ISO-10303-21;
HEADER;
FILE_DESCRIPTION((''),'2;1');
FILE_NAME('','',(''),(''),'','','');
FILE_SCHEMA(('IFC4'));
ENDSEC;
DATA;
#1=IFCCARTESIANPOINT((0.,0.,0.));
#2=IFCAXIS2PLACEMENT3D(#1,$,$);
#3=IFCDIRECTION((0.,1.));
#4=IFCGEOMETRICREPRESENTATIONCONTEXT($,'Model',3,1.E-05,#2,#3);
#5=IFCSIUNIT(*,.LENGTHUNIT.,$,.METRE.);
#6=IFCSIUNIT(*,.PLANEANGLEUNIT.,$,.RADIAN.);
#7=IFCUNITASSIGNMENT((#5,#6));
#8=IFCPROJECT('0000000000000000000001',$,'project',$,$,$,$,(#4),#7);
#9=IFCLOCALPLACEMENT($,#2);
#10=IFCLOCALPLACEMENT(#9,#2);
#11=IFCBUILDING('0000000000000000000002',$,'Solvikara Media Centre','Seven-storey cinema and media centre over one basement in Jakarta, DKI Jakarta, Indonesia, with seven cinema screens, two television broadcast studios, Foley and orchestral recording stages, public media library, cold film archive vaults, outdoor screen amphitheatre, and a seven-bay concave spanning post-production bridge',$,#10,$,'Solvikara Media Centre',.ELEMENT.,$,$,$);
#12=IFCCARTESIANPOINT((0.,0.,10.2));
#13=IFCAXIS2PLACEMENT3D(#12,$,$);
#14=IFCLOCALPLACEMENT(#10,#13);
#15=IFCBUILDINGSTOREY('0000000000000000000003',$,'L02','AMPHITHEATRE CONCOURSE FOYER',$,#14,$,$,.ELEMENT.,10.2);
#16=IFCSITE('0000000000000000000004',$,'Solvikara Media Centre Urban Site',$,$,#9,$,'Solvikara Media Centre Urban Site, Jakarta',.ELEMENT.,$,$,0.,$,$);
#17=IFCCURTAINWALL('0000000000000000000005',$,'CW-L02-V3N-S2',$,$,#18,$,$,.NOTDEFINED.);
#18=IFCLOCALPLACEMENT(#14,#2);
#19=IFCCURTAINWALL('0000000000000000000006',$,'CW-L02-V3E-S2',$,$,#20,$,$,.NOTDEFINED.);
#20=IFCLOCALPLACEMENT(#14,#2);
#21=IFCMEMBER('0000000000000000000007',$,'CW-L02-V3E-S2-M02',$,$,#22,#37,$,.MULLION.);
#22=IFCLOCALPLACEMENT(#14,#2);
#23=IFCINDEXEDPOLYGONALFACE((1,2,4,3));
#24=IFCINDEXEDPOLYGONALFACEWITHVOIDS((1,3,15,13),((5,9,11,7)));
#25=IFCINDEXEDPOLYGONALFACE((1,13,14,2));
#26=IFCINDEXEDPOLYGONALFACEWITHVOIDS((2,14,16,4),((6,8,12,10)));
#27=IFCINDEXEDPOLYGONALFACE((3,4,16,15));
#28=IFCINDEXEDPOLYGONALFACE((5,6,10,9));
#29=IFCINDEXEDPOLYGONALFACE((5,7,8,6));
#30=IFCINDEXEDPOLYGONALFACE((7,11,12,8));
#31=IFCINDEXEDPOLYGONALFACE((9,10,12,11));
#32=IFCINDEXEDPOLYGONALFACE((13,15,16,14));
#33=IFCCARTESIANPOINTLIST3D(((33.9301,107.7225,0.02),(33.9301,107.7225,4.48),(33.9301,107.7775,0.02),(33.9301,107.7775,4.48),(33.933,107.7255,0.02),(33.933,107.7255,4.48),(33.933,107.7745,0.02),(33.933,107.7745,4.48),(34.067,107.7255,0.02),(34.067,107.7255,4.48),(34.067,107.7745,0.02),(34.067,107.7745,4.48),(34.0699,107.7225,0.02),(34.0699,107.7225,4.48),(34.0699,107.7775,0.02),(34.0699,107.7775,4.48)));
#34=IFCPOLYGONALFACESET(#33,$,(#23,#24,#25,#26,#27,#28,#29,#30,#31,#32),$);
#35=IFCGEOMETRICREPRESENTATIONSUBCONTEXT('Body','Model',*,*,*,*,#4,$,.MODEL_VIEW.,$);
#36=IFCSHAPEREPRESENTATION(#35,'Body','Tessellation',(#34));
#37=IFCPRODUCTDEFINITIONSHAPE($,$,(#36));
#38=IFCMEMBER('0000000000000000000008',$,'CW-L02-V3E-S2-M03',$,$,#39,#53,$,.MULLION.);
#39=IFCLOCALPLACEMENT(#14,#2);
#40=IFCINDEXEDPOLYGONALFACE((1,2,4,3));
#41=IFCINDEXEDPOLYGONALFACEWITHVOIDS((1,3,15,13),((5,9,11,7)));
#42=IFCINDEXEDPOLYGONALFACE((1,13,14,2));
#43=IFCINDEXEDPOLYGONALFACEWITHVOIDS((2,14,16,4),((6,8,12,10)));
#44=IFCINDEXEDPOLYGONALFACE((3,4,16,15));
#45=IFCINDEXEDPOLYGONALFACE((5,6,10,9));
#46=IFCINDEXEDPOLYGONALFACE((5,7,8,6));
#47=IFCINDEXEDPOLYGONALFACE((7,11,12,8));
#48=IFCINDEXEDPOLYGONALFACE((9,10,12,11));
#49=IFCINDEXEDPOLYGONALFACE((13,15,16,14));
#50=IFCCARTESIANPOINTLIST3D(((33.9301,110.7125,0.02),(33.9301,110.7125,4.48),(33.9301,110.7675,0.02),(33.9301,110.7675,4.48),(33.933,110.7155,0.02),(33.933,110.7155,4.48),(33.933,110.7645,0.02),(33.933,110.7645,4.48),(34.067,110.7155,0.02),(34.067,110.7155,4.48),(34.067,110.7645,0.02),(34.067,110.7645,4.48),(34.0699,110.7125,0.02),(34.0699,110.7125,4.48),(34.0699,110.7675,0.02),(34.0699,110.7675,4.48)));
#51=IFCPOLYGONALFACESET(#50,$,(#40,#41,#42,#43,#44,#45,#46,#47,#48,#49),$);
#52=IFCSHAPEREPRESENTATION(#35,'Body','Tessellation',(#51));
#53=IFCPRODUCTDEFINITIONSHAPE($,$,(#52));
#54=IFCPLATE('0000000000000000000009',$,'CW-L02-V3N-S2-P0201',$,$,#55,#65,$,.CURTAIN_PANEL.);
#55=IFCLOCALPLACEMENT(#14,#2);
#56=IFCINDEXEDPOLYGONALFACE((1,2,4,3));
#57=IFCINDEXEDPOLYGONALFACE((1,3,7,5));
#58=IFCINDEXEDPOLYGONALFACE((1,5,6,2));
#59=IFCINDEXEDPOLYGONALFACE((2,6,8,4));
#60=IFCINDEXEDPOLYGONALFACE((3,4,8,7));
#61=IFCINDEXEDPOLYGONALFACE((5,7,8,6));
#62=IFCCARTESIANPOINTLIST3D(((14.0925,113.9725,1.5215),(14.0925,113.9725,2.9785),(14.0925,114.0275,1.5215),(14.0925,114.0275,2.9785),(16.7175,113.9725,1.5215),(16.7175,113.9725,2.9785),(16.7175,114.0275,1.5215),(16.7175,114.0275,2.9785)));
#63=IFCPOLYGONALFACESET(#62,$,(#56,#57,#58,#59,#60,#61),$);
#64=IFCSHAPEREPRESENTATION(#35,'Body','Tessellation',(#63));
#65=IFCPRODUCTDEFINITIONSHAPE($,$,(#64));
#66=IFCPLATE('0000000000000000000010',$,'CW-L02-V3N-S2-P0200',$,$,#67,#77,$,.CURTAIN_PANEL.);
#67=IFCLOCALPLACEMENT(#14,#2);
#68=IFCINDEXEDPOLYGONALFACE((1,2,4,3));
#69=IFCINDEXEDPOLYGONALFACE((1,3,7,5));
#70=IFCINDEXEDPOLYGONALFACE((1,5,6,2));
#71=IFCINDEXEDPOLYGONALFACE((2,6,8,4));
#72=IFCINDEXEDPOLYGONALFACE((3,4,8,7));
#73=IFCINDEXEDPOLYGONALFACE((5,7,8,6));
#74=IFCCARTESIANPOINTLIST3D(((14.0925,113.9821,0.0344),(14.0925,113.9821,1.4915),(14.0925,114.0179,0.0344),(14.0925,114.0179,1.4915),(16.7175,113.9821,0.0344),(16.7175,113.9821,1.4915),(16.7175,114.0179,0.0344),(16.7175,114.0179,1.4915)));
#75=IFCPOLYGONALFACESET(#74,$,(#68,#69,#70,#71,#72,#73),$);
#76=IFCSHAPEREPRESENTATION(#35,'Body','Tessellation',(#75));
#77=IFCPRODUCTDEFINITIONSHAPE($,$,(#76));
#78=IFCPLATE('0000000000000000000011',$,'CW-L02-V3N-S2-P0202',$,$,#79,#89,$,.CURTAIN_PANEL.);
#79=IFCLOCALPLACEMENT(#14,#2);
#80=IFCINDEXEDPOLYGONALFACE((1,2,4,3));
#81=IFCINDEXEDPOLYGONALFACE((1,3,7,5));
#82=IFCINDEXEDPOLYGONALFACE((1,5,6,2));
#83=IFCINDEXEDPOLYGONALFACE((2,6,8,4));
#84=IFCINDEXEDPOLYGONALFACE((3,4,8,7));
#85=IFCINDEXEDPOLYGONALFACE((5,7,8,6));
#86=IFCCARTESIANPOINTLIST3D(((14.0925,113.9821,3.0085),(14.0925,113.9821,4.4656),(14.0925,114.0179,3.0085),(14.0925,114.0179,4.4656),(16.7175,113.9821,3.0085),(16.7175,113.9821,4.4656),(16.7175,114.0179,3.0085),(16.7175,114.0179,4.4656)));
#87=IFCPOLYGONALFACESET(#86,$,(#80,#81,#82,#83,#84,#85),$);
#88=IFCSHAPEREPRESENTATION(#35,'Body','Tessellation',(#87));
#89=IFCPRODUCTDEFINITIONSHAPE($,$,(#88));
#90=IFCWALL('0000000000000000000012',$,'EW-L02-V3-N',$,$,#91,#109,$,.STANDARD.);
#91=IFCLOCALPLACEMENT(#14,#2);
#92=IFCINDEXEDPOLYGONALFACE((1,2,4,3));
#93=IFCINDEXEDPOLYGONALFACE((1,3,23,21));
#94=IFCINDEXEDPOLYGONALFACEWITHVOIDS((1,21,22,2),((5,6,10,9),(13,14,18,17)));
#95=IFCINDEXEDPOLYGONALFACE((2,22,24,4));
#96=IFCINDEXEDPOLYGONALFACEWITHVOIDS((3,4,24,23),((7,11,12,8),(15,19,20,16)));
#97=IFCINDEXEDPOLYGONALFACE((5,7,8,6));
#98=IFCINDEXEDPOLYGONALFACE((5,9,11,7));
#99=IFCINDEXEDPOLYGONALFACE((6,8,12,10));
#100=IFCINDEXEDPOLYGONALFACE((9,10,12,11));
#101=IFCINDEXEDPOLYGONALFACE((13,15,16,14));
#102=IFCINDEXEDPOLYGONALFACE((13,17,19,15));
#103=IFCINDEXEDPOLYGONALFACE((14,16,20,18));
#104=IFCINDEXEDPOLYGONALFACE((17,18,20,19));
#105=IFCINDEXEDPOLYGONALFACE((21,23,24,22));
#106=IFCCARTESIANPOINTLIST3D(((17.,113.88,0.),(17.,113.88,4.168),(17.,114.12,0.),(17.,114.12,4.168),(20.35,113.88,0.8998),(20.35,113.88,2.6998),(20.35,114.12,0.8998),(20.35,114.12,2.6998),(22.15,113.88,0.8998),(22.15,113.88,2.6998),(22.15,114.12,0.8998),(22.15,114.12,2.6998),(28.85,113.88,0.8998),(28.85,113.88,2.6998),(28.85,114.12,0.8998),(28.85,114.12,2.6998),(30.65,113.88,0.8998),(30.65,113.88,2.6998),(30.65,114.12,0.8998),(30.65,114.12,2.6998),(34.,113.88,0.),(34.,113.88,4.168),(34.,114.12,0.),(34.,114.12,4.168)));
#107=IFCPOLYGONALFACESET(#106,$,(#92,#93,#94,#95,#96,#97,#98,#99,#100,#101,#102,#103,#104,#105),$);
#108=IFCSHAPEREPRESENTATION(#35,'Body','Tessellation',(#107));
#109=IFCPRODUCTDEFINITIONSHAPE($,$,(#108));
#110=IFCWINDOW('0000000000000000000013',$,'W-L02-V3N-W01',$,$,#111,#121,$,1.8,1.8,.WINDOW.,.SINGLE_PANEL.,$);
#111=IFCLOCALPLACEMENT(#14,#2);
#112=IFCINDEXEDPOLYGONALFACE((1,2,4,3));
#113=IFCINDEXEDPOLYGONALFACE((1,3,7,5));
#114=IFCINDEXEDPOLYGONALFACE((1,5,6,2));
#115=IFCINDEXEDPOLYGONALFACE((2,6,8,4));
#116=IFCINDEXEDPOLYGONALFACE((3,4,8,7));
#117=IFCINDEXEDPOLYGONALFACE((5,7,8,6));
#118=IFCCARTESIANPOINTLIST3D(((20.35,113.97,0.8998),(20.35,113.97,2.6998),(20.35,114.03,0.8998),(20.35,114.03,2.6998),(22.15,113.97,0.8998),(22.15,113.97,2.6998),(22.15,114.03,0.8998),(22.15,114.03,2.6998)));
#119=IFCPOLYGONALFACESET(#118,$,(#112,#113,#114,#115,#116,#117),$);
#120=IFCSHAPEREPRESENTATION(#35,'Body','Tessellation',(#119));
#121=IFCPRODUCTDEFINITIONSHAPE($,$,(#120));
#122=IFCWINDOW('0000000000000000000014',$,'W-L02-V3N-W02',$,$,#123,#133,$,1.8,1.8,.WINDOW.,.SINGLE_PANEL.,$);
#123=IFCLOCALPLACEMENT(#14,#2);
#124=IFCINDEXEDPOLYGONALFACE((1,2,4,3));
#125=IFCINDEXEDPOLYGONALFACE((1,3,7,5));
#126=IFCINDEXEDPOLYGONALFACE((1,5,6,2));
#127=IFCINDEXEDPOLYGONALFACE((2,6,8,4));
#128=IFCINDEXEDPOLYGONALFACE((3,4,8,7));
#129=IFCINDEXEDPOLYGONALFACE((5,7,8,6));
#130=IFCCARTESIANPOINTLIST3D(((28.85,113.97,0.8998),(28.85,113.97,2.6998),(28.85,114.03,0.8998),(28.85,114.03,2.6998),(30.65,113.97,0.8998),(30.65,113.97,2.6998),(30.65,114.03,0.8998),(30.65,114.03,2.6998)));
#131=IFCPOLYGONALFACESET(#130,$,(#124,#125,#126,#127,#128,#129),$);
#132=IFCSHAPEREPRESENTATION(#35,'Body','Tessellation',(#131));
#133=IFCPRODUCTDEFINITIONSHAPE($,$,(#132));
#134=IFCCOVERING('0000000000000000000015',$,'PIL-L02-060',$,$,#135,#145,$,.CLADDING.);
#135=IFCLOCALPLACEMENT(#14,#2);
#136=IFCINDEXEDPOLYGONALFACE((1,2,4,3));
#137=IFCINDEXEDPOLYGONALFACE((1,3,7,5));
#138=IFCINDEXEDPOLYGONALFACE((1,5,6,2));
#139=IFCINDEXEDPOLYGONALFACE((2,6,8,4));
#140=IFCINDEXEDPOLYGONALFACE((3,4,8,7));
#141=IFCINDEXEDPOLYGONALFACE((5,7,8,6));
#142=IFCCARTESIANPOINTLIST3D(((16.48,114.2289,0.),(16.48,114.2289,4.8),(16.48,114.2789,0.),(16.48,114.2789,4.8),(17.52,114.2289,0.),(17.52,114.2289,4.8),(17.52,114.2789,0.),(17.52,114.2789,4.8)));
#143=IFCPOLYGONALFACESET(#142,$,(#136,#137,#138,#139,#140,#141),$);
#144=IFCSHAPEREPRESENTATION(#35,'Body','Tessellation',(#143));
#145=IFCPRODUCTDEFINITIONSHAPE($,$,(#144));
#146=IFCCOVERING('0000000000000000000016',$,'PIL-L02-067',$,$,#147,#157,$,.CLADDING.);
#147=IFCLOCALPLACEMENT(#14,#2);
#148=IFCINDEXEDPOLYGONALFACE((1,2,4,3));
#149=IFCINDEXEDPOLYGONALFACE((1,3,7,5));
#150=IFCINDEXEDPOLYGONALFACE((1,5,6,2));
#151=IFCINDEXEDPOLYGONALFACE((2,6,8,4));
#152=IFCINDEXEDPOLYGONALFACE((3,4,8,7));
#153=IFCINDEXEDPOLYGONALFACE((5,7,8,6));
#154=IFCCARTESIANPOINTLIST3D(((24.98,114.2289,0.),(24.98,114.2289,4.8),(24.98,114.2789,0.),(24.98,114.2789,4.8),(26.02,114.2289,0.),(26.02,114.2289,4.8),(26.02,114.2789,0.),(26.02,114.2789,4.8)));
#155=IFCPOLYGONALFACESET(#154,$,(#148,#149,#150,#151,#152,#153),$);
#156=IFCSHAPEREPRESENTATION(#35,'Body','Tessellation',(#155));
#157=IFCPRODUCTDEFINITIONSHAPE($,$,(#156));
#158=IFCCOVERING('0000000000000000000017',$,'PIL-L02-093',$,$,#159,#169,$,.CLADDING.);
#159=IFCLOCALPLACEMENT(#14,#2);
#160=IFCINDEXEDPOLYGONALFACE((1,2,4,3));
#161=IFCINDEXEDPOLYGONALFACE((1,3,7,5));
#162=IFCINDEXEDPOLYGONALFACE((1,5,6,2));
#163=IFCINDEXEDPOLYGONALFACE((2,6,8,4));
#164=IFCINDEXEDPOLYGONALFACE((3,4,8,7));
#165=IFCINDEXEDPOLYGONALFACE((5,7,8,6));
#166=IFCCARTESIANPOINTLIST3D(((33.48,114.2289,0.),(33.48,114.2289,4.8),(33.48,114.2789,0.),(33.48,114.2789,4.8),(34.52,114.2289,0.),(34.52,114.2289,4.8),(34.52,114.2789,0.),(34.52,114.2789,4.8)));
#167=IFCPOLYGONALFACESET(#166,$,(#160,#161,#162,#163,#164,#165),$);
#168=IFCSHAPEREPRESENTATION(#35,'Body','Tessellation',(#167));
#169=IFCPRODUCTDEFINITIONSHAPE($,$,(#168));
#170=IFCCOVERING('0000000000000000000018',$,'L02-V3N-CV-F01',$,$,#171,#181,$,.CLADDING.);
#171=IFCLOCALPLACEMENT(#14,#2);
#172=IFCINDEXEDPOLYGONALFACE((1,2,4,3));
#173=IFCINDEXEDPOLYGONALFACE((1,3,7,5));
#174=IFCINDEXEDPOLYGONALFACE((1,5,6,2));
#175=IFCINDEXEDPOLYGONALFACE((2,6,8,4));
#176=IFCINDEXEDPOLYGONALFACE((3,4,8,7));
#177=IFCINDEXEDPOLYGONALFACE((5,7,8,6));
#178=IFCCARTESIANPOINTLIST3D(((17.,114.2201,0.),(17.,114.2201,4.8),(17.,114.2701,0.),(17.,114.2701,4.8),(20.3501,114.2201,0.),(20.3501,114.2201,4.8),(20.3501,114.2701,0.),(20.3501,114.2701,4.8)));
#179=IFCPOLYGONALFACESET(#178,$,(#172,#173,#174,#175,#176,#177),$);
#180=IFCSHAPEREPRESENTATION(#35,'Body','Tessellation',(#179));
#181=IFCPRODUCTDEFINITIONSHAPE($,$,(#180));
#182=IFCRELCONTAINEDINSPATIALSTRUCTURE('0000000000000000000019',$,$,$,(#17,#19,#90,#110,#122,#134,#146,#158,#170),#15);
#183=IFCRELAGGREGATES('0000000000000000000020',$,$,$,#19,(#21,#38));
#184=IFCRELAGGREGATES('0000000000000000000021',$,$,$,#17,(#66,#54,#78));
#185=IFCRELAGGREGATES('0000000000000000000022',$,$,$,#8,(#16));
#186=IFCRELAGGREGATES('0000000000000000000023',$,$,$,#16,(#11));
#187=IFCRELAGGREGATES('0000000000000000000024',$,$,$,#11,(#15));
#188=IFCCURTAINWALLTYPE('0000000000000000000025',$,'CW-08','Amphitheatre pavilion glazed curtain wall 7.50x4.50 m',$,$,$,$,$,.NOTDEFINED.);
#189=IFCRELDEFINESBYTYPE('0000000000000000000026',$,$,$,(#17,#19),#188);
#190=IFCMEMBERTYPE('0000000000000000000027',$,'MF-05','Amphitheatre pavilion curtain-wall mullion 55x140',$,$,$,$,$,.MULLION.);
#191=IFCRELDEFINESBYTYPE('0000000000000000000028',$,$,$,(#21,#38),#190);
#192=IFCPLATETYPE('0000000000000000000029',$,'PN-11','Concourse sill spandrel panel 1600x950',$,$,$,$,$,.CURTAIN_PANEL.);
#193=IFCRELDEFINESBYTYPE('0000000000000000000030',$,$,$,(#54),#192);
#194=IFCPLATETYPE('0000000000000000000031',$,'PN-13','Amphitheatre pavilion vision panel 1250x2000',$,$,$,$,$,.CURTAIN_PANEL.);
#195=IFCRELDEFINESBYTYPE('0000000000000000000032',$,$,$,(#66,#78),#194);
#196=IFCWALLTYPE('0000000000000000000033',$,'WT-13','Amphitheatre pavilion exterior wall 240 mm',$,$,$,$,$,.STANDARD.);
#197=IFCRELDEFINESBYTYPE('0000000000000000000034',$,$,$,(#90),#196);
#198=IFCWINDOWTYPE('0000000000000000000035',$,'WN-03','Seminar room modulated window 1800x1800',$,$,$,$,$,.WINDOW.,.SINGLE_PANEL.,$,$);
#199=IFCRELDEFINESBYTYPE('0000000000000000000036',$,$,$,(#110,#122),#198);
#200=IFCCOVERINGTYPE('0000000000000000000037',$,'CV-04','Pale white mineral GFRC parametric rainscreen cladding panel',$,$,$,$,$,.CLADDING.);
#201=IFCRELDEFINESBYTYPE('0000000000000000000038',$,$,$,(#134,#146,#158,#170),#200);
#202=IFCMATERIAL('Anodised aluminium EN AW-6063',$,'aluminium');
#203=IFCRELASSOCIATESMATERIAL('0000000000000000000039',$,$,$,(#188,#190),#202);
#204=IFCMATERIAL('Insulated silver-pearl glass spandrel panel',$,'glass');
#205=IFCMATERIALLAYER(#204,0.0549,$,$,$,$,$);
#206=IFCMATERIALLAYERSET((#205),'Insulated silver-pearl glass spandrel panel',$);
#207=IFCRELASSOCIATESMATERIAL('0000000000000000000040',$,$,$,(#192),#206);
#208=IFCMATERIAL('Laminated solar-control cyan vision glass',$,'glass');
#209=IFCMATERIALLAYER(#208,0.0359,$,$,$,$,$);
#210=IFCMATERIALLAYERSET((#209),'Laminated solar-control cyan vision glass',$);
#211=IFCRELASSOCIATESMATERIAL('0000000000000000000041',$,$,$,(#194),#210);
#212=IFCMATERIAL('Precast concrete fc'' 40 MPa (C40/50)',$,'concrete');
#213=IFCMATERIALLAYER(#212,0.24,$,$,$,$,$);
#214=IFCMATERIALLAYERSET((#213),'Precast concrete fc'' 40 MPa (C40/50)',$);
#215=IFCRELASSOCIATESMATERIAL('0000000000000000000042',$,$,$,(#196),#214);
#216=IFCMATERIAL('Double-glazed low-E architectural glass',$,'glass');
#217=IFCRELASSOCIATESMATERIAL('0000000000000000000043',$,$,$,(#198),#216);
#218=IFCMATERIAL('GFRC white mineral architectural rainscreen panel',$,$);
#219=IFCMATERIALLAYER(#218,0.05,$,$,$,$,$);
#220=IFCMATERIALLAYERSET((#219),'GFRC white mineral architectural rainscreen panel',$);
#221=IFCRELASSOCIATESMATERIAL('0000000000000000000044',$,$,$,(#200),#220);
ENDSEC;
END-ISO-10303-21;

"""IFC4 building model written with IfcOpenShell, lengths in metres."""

from ifc_helpers import new_model, si_unit, direction, frame, frame_2d, origin, origin_2d, place, context, subcontext, project, spatial, rectangle, hollow_rectangle, extrude, material, layer, layer_set, material_profile, profile_set, type_object, element, fill, aggregate, save


model = new_model("IFC4")

# Units and contexts
model_context = context("Model", 3, precision=1e-05, world=origin(), true_north=direction((0.0, 1.0)))
body_context = subcontext(model_context, "Body", "Model", "MODEL_VIEW")
ifc_project = project(units=[si_unit("LENGTHUNIT", "METRE"), si_unit("PLANEANGLEUNIT", "RADIAN")], contexts=[model_context])

# Site, building, storey
site_placement = place(None, origin())
site = spatial("IfcSite", under=ifc_project, at=site_placement, Name="Solvikara Media Centre Urban Site", LongName="Solvikara Media Centre Urban Site, Jakarta", CompositionType="ELEMENT", RefElevation=0.0)
building_placement = place(site_placement, origin())
building = spatial("IfcBuilding", under=site, at=building_placement, Name="Solvikara Media Centre", Description="Seven-storey cinema and media centre over one basement in Jakarta, DKI Jakarta, Indonesia, with seven cinema screens, two television broadcast studios, Foley and orchestral recording stages, public media library, cold film archive vaults, outdoor screen amphitheatre, and a seven-bay concave spanning post-production bridge", LongName="Solvikara Media Centre", CompositionType="ELEMENT")
storey_placement = place(building_placement, frame((0.0, 0.0, 10.2)))
storey = spatial("IfcBuildingStorey", under=building, at=storey_placement, Name="L02", Description="AMPHITHEATRE CONCOURSE FOYER", CompositionType="ELEMENT", Elevation=10.2)

# Curtain walls, members
ifc_material_1 = material(Name="Anodised aluminium EN AW-6063", Category="aluminium")
curtain_wall_type = type_object("IfcCurtainWallType", Name="CW-08", Description="Amphitheatre pavilion glazed curtain wall 7.50x4.50 m", PredefinedType="NOTDEFINED", material=ifc_material_1)
curtain_wall_1_placement = place(storey_placement, origin())
curtain_wall_1 = element("IfcCurtainWall", 1, at=curtain_wall_1_placement, inside=storey, type_object=curtain_wall_type, Name="CW-L02-V3N-S2", PredefinedType="NOTDEFINED")
ifc_material_profile_1 = material_profile(ifc_material_1, hollow_rectangle(XDim=0.0549, YDim=0.1399, WallThickness=0.0029, at=origin_2d()), Name="ALU-M 55x140x3")
ifc_profile_set_1 = profile_set([ifc_material_profile_1], Name="Anodised aluminium EN AW-6063")
member_type = type_object("IfcMemberType", Name="MF-05", Description="Amphitheatre pavilion curtain-wall mullion 55x140", PredefinedType="MULLION", material=ifc_profile_set_1)
curtain_wall_2_placement = place(storey_placement, origin())
curtain_wall_2 = element("IfcCurtainWall", 2, at=curtain_wall_2_placement, inside=storey, type_object=curtain_wall_type, Name="CW-L02-V3E-S2", PredefinedType="NOTDEFINED")
member_1_placement = place(storey_placement, frame((34.0, 107.75, 0.02), z_axis=(0.0, 0.0, 1.0), x_axis=(0.0, 1.0, 0.0)))
member_1 = element("IfcMember", 3, at=member_1_placement, type_object=member_type, Name="CW-L02-V3E-S2-M02", PredefinedType="MULLION", context=body_context, shape_type="SweptSolid", body=[
    extrude(hollow_rectangle(XDim=0.0549, YDim=0.1399, WallThickness=0.0029, at=origin_2d()), origin(), (0.0, 0.0, 1.0), 4.46),
])
member_2_placement = place(storey_placement, frame((34.0, 110.74, 0.02), z_axis=(0.0, 0.0, 1.0), x_axis=(0.0, 1.0, 0.0)))
member_2 = element("IfcMember", 4, at=member_2_placement, type_object=member_type, Name="CW-L02-V3E-S2-M03", PredefinedType="MULLION", context=body_context, shape_type="SweptSolid", body=[
    extrude(hollow_rectangle(XDim=0.0549, YDim=0.1399, WallThickness=0.0029, at=origin_2d()), origin(), (0.0, 0.0, 1.0), 4.46),
])
aggregate(curtain_wall_2, [member_1, member_2])

# Plates
ifc_material_2 = material(Name="Insulated silver-pearl glass spandrel panel", Category="glass")
ifc_layer_1 = layer(ifc_material_2, 0.0549)
ifc_layer_set_1 = layer_set([ifc_layer_1], Name="Insulated silver-pearl glass spandrel panel")
plate_type_1 = type_object("IfcPlateType", Name="PN-11", Description="Concourse sill spandrel panel 1600x950", PredefinedType="CURTAIN_PANEL", material=ifc_layer_set_1)
plate_1_placement = place(storey_placement, frame((15.405, 114.0, 1.5215), z_axis=(0.0, 0.0, 1.0), x_axis=(1.0, 0.0, 0.0)))
plate_1 = element("IfcPlate", 5, at=plate_1_placement, type_object=plate_type_1, Name="CW-L02-V3N-S2-P0201", PredefinedType="CURTAIN_PANEL", context=body_context, shape_type="SweptSolid", body=[
    extrude(rectangle(XDim=2.625, YDim=0.0549, at=origin_2d()), origin(), (0.0, 0.0, 1.0), 1.457),
])
ifc_material_3 = material(Name="Laminated solar-control cyan vision glass", Category="glass")
ifc_layer_2 = layer(ifc_material_3, 0.0359)
ifc_layer_set_2 = layer_set([ifc_layer_2], Name="Laminated solar-control cyan vision glass")
plate_type_2 = type_object("IfcPlateType", Name="PN-13", Description="Amphitheatre pavilion vision panel 1250x2000", PredefinedType="CURTAIN_PANEL", material=ifc_layer_set_2)
plate_2_placement = place(storey_placement, frame((15.405, 114.0, 0.0344), z_axis=(0.0, 0.0, 1.0), x_axis=(1.0, 0.0, 0.0)))
plate_2 = element("IfcPlate", 6, at=plate_2_placement, type_object=plate_type_2, Name="CW-L02-V3N-S2-P0200", PredefinedType="CURTAIN_PANEL", context=body_context, shape_type="SweptSolid", body=[
    extrude(rectangle(XDim=2.625, YDim=0.0359, at=origin_2d()), origin(), (0.0, 0.0, 1.0), 1.457),
])
plate_3_placement = place(storey_placement, frame((15.405, 114.0, 3.0085), z_axis=(0.0, 0.0, 1.0), x_axis=(1.0, 0.0, 0.0)))
plate_3 = element("IfcPlate", 7, at=plate_3_placement, type_object=plate_type_2, Name="CW-L02-V3N-S2-P0202", PredefinedType="CURTAIN_PANEL", context=body_context, shape_type="SweptSolid", body=[
    extrude(rectangle(XDim=2.625, YDim=0.0359, at=origin_2d()), origin(), (0.0, 0.0, 1.0), 1.457),
])
aggregate(curtain_wall_1, [plate_2, plate_1, plate_3])

# Wall, openings, windows
ifc_material_4 = material(Name="Precast concrete fc' 40 MPa (C40/50)", Category="concrete")
ifc_layer_3 = layer(ifc_material_4, 0.24)
ifc_layer_set_3 = layer_set([ifc_layer_3], Name="Precast concrete fc' 40 MPa (C40/50)")
wall_type = type_object("IfcWallType", Name="WT-13", Description="Amphitheatre pavilion exterior wall 240 mm", PredefinedType="STANDARD", material=ifc_layer_set_3)
wall_placement = place(storey_placement, frame((17.0, 114.0, 0.0), z_axis=(0.0, 0.0, 1.0), x_axis=(1.0, 0.0, 0.0)))
wall = element("IfcWall", 8, at=wall_placement, inside=storey, type_object=wall_type, Name="EW-L02-V3-N", PredefinedType="STANDARD", context=body_context, shape_type="SweptSolid", body=[
    extrude(rectangle(XDim=17.0, YDim=0.24, at=frame_2d((8.5, 0.0))), origin(), (0.0, 0.0, 1.0), 4.168),
])
opening_1_placement = place(wall_placement, frame((3.3501, 0.0, 0.8999)))
opening_1 = element("IfcOpeningElement", 9, at=opening_1_placement, cuts=wall, PredefinedType="OPENING", context=body_context, shape_type="SweptSolid", body=[
    extrude(rectangle(XDim=1.8, YDim=1.8, at=frame_2d((0.8999, 0.8999))), frame((0.0, 0.1318, 0.0), z_axis=(0.0, -1.0, 0.0), x_axis=(1.0, 0.0, 0.0)), (0.0, 0.0, 1.0), 0.2639),
])
opening_2_placement = place(wall_placement, frame((11.8501, 0.0, 0.8999)))
opening_2 = element("IfcOpeningElement", 10, at=opening_2_placement, cuts=wall, PredefinedType="OPENING", context=body_context, shape_type="SweptSolid", body=[
    extrude(rectangle(XDim=1.8, YDim=1.8, at=frame_2d((0.8999, 0.8999))), frame((0.0, 0.1318, 0.0), z_axis=(0.0, -1.0, 0.0), x_axis=(1.0, 0.0, 0.0)), (0.0, 0.0, 1.0), 0.2639),
])
ifc_material_5 = material(Name="Double-glazed low-E architectural glass", Category="glass")
window_type = type_object("IfcWindowType", Name="WN-03", Description="Seminar room modulated window 1800x1800", PartitioningType="SINGLE_PANEL", PredefinedType="WINDOW", material=ifc_material_5)
window_1_placement = place(opening_1_placement, origin())
window_1 = element("IfcWindow", 11, at=window_1_placement, inside=storey, type_object=window_type, Name="W-L02-V3N-W01", OverallHeight=1.8, OverallWidth=1.8, PartitioningType="SINGLE_PANEL", PredefinedType="WINDOW", context=body_context, shape_type="SweptSolid", body=[
    extrude(rectangle(XDim=1.8, YDim=1.8, at=frame_2d((0.8999, 0.8999))), frame((0.0, 0.03, 0.0), z_axis=(0.0, -1.0, 0.0), x_axis=(1.0, 0.0, 0.0)), (0.0, 0.0, 1.0), 0.0601),
])
fill(opening_1, window_1)
window_2_placement = place(opening_2_placement, origin())
window_2 = element("IfcWindow", 12, at=window_2_placement, inside=storey, type_object=window_type, Name="W-L02-V3N-W02", OverallHeight=1.8, OverallWidth=1.8, PartitioningType="SINGLE_PANEL", PredefinedType="WINDOW", context=body_context, shape_type="SweptSolid", body=[
    extrude(rectangle(XDim=1.8, YDim=1.8, at=frame_2d((0.8999, 0.8999))), frame((0.0, 0.03, 0.0), z_axis=(0.0, -1.0, 0.0), x_axis=(1.0, 0.0, 0.0)), (0.0, 0.0, 1.0), 0.0601),
])
fill(opening_2, window_2)

# Coverings
ifc_material_6 = material(Name="GFRC white mineral architectural rainscreen panel")
ifc_layer_4 = layer(ifc_material_6, 0.05)
ifc_layer_set_4 = layer_set([ifc_layer_4], Name="GFRC white mineral architectural rainscreen panel")
covering_type = type_object("IfcCoveringType", Name="CV-04", Description="Pale white mineral GFRC parametric rainscreen cladding panel", PredefinedType="CLADDING", material=ifc_layer_set_4)
for number, where, z_axis, x_axis, name in (
    (13, (17.0, 114.2539, 0.0), (0.0, 0.0, 1.0), (-1.0, 0.0, 0.0), "PIL-L02-060"),
    (14, (25.5, 114.2539, 0.0), (0.0, 0.0, 1.0), (-1.0, 0.0, 0.0), "PIL-L02-067"),
    (15, (34.0, 114.2539, 0.0), (0.0, 0.0, 1.0), (-1.0, 0.0, 0.0), "PIL-L02-093"),
):
    element("IfcCovering", number, at=place(storey_placement, frame(where, z_axis=z_axis, x_axis=x_axis)), inside=storey, type_object=covering_type, Name=name, PredefinedType="CLADDING", context=body_context, shape_type="SweptSolid", body=[
        extrude(rectangle(XDim=1.04, YDim=0.05, at=origin_2d()), origin(), (0.0, 0.0, 1.0), 4.8),
    ])
covering_1_placement = place(storey_placement, frame((18.675, 114.2451, 0.0), z_axis=(0.0, 0.0, 1.0), x_axis=(1.0, 0.0, 0.0)))
element("IfcCovering", 16, at=covering_1_placement, inside=storey, type_object=covering_type, Name="L02-V3N-CV-F01", PredefinedType="CLADDING", context=body_context, shape_type="SweptSolid", body=[
    extrude(rectangle(XDim=3.3501, YDim=0.05, at=origin_2d()), origin(), (0.0, 0.0, 1.0), 4.8),
])

save(model, "model.ifc")
